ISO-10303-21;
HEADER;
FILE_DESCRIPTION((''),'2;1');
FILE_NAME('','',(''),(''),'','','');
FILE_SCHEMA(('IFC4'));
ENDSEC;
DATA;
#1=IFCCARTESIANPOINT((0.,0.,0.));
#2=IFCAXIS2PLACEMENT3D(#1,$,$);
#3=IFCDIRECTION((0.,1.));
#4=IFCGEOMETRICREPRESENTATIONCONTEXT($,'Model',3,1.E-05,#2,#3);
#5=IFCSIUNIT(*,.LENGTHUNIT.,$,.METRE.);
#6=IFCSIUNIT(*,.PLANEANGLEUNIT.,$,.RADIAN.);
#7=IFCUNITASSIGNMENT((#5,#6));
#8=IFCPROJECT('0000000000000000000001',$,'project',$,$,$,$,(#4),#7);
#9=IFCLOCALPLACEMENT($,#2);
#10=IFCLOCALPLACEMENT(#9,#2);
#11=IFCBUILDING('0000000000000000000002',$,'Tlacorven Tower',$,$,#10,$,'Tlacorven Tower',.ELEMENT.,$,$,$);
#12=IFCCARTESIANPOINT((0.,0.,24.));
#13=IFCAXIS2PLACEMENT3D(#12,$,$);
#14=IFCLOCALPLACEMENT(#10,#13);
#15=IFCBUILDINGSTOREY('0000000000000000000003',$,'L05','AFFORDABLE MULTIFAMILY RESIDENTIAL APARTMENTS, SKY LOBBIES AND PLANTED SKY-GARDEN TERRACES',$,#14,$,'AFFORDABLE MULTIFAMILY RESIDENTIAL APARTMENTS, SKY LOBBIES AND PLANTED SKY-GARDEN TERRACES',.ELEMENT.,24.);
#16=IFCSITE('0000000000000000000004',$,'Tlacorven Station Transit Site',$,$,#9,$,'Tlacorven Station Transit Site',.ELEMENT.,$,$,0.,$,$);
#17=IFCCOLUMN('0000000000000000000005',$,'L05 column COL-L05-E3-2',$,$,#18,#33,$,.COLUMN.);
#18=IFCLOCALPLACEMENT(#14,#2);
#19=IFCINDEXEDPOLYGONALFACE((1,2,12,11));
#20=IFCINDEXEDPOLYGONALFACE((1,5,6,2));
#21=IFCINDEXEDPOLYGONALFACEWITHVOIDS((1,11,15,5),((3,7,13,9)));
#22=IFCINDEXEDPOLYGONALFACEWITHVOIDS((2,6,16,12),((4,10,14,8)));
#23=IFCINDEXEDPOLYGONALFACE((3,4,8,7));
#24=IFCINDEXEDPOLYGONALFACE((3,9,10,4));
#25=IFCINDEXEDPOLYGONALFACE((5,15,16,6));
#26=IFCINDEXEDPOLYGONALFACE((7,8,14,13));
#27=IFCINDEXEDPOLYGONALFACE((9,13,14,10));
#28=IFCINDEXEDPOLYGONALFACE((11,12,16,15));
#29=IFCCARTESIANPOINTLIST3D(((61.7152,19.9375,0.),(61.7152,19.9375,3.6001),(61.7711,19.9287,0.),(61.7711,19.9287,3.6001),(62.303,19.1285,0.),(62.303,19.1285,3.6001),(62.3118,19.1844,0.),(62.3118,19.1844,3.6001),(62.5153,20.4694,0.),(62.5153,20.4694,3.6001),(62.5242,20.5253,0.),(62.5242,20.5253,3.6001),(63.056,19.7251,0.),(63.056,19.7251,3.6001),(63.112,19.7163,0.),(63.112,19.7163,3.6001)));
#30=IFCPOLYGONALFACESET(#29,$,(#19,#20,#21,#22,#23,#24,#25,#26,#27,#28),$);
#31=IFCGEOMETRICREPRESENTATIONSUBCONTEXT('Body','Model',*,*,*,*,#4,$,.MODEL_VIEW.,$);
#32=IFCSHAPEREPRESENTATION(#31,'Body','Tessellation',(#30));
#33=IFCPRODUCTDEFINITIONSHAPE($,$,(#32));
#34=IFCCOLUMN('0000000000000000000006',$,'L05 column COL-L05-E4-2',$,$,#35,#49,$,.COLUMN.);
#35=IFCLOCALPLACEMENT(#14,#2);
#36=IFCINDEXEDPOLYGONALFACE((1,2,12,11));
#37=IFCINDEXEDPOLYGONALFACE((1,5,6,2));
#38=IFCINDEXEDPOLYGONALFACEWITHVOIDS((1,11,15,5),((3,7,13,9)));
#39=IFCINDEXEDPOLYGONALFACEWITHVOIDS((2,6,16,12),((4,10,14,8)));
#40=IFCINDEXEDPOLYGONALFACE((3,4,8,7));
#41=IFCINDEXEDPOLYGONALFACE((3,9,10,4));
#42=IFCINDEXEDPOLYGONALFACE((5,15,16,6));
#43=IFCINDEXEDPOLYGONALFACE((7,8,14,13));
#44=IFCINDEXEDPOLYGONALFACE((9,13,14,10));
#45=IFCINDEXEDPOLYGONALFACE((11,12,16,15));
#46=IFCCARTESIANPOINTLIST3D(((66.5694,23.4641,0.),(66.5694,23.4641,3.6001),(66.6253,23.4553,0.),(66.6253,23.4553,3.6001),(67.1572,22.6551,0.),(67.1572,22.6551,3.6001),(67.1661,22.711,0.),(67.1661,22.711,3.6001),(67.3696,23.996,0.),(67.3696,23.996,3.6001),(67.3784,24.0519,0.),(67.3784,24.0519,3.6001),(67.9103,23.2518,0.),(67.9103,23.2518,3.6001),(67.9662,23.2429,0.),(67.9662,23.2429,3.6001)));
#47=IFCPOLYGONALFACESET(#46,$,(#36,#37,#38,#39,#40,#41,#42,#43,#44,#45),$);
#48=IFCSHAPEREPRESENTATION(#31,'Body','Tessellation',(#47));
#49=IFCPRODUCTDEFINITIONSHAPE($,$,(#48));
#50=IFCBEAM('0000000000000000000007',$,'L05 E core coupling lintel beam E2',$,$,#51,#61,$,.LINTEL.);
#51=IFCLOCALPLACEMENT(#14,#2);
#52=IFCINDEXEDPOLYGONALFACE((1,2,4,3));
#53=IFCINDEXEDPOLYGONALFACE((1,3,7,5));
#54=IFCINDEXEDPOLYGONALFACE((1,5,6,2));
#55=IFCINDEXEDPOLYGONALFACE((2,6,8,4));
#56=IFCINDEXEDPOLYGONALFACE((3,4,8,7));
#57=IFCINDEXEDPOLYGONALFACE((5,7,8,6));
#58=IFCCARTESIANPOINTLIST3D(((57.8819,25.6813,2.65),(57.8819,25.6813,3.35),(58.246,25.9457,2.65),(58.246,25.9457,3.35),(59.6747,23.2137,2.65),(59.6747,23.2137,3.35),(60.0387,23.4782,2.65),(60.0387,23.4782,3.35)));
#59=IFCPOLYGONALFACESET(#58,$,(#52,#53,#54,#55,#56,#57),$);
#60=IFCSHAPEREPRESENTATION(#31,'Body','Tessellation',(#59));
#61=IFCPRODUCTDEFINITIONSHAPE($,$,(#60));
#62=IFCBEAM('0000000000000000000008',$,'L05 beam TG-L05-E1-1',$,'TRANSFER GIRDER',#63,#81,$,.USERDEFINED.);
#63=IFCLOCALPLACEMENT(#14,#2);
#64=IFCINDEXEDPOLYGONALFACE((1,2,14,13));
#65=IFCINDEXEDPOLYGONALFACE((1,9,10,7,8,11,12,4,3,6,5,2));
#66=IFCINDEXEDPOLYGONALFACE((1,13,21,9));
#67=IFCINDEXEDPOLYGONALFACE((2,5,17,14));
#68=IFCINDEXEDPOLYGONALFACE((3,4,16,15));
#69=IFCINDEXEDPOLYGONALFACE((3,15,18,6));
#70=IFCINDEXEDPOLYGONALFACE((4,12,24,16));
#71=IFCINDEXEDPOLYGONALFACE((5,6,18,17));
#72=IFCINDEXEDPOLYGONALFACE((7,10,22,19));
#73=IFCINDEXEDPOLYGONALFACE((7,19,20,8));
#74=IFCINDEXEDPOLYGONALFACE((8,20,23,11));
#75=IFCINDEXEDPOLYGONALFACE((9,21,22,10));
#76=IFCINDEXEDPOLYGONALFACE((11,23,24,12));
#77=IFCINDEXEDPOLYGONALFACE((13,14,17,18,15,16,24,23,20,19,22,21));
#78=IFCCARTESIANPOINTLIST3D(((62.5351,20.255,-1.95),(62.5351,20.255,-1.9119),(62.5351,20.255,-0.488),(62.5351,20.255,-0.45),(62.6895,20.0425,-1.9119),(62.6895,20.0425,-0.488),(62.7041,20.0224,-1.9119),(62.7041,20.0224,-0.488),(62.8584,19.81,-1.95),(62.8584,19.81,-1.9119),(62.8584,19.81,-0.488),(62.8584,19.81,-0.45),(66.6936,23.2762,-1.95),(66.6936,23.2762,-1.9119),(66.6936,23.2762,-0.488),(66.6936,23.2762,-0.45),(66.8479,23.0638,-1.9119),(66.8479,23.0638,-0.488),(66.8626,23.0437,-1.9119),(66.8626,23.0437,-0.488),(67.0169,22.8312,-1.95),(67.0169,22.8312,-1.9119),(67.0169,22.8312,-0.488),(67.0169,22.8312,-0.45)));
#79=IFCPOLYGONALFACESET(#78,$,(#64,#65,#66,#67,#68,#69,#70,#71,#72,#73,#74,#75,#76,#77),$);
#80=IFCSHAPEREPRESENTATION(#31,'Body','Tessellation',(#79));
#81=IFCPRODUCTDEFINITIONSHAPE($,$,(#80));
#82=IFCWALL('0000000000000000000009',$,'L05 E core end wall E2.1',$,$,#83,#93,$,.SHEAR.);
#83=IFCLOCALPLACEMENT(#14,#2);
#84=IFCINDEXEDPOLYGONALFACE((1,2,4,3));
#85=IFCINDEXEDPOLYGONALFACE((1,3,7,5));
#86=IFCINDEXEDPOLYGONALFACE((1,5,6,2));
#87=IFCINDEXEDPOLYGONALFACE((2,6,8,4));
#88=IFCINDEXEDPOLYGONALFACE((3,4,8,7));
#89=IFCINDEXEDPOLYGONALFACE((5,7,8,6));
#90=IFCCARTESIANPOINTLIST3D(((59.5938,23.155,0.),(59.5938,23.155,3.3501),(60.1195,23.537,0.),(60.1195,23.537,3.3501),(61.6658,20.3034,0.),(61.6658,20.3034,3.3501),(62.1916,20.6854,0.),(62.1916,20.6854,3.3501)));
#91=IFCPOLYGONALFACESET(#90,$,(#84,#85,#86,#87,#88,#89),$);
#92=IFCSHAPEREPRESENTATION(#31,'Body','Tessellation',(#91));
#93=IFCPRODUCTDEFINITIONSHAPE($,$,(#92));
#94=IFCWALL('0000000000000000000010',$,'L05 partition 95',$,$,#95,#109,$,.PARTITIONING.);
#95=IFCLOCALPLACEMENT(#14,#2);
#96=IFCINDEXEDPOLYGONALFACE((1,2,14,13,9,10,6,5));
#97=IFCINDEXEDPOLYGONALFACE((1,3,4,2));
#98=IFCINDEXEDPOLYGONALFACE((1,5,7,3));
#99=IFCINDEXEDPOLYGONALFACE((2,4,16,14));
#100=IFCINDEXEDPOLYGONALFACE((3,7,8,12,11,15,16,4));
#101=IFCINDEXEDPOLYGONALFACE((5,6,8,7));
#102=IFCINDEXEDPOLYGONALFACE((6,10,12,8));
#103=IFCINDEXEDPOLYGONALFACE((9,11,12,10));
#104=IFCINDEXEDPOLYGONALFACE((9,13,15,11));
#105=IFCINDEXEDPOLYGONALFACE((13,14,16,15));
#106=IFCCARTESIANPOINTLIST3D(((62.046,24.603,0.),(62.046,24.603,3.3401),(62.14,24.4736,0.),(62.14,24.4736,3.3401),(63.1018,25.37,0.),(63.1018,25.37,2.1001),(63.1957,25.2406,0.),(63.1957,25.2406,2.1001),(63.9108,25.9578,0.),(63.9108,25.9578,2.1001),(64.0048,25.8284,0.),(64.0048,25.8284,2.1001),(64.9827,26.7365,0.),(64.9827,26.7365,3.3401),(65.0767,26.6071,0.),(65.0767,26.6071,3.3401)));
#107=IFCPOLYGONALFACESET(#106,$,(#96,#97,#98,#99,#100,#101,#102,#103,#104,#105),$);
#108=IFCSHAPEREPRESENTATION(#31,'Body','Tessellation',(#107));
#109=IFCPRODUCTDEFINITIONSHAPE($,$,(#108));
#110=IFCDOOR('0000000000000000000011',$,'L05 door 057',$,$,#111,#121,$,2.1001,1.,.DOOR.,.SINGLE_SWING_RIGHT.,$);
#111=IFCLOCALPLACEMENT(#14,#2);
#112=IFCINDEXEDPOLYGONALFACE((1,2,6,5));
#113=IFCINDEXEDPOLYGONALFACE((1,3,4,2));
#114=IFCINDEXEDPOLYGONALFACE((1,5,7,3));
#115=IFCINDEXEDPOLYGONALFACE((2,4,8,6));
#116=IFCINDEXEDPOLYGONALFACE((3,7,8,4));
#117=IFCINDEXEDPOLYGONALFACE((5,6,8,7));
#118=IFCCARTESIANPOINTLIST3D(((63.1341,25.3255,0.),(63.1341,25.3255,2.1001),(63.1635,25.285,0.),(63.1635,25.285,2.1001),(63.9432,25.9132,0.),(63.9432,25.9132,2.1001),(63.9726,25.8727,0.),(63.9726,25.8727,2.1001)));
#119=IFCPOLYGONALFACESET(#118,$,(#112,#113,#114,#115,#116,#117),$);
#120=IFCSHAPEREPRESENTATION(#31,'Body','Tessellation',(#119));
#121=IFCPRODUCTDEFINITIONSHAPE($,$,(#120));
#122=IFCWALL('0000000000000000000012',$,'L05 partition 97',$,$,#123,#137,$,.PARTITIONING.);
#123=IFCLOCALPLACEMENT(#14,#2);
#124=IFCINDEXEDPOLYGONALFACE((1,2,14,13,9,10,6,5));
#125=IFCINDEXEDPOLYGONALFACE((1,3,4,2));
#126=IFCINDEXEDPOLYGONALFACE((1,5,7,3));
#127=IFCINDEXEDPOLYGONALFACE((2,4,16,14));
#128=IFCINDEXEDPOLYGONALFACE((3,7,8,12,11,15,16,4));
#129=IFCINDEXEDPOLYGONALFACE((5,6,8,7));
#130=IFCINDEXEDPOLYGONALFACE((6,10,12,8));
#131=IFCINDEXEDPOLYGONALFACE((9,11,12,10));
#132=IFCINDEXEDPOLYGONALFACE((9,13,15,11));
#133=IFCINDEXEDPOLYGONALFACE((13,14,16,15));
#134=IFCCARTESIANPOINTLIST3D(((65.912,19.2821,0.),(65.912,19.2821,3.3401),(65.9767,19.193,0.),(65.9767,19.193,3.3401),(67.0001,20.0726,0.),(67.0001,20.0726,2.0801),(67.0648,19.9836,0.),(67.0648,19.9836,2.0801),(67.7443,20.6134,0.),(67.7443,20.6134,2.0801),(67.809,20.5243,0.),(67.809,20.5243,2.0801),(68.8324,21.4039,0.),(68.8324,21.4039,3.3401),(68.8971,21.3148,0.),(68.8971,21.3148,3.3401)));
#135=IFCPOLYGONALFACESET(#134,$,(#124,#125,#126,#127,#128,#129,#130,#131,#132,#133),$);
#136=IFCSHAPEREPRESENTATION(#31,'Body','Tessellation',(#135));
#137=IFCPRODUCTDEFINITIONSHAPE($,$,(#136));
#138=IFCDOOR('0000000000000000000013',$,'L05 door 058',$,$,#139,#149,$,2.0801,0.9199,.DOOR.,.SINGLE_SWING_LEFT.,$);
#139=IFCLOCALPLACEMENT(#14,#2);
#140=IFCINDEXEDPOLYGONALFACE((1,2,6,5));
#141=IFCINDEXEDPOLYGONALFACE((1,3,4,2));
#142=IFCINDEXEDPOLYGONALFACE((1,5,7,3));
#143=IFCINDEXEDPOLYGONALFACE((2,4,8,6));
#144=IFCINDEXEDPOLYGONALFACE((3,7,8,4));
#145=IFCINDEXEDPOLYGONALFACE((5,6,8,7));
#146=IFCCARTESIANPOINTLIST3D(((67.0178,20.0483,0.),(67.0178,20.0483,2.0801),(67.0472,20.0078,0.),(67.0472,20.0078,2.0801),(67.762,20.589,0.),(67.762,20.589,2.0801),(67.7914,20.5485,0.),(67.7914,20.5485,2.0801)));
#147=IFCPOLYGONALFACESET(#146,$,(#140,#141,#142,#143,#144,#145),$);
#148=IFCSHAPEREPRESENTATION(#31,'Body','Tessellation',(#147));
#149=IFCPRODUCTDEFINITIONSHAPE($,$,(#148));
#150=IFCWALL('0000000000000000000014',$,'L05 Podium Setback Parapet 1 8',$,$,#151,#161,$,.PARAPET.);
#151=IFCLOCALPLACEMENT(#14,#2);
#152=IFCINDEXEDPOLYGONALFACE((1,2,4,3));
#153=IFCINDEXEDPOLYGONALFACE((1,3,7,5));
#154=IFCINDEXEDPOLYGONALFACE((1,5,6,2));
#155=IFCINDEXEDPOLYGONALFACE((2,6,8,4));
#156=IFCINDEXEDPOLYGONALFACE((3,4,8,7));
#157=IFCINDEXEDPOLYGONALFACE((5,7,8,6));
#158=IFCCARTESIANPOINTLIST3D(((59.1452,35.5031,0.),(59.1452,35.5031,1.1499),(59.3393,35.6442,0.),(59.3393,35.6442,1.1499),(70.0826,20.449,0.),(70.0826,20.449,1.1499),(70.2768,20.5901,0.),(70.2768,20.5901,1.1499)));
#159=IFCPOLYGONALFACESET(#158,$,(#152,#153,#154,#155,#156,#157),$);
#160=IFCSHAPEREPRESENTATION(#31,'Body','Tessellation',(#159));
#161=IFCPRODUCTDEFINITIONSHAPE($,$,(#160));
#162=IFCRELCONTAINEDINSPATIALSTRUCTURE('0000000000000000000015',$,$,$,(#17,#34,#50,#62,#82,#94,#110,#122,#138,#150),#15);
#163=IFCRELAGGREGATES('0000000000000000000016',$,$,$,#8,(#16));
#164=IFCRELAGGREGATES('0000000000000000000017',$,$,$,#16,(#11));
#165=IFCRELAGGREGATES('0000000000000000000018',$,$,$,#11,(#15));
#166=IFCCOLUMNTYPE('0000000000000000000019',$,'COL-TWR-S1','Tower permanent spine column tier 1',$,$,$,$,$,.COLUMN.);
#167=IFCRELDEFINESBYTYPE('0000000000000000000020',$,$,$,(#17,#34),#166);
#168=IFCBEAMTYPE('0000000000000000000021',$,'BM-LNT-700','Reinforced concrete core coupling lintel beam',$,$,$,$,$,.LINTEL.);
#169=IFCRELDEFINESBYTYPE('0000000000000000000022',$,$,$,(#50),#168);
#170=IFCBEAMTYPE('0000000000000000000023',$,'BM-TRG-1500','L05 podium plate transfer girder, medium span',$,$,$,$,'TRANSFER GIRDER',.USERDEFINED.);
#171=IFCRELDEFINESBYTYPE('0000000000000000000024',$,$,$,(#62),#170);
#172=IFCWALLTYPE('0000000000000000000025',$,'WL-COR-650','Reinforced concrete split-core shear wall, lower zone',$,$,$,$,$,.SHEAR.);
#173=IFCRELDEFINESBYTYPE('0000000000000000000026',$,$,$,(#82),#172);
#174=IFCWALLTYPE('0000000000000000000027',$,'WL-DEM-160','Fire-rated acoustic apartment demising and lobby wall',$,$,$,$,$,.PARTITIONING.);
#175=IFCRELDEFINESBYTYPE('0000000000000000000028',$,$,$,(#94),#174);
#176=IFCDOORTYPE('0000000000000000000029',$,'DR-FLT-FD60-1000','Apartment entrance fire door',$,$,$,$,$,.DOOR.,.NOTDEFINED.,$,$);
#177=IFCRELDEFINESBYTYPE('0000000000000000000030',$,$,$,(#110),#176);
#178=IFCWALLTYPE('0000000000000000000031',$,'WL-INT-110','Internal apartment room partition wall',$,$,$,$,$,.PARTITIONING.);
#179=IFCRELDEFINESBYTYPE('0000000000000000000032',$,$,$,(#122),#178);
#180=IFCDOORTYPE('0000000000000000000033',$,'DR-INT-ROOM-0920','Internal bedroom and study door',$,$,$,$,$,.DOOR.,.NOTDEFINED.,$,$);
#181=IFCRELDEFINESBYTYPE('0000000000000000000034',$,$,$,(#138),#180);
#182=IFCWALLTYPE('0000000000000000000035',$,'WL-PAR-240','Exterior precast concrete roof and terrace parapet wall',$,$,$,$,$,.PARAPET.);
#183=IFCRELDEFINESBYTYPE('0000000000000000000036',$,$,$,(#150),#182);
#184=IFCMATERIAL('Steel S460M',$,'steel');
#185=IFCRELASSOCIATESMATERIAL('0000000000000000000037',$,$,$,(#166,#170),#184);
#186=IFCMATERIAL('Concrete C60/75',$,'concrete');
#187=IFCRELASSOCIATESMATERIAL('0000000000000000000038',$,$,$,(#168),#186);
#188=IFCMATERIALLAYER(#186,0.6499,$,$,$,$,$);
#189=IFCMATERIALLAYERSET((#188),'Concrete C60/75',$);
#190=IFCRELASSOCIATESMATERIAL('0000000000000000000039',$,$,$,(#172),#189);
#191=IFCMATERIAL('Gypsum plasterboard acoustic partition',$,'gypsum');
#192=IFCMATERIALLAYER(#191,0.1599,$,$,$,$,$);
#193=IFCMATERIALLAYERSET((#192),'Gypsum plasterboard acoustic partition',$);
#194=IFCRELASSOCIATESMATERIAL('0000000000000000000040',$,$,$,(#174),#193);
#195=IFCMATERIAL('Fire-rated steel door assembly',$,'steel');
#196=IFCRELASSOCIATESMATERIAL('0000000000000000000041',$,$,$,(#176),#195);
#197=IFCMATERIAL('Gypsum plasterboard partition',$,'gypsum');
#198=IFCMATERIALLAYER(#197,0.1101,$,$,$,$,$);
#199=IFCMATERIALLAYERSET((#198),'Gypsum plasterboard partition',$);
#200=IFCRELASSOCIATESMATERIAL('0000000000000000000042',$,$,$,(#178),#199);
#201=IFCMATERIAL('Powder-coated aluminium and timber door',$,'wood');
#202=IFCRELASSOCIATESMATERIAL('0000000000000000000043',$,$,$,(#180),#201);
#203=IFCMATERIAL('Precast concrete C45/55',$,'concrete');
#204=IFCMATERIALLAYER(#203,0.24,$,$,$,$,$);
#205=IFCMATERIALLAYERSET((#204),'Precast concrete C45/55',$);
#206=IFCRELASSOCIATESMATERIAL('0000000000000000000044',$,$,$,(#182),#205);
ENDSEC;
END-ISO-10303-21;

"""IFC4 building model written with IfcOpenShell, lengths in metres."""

from ifc_helpers import new_model, si_unit, direction, frame, frame_2d, origin, origin_2d, place, context, subcontext, project, spatial, rectangle, hollow_rectangle, i_section, extrude, source, transform, mapped, material, layer, layer_set, material_profile, profile_set, type_object, element, fill, save


model = new_model("IFC4")

# Units and contexts
model_context = context("Model", 3, precision=1e-05, world=origin(), true_north=direction((0.0, 1.0)))
body_context = subcontext(model_context, "Body", "Model", "MODEL_VIEW")
ifc_project = project(units=[si_unit("LENGTHUNIT", "METRE"), si_unit("PLANEANGLEUNIT", "RADIAN")], contexts=[model_context])

# Site, building, storey
site_placement = place(None, origin())
site = spatial("IfcSite", under=ifc_project, at=site_placement, Name="Tlacorven Station Transit Site", LongName="Tlacorven Station Transit Site", CompositionType="ELEMENT", RefElevation=0.0)
building_placement = place(site_placement, origin())
building = spatial("IfcBuilding", under=site, at=building_placement, Name="Tlacorven Tower", LongName="Tlacorven Tower", CompositionType="ELEMENT")
storey_placement = place(building_placement, frame((0.0, 0.0, 24.0)))
storey = spatial("IfcBuildingStorey", under=building, at=storey_placement, Name="L05", Description="AFFORDABLE MULTIFAMILY RESIDENTIAL APARTMENTS, SKY LOBBIES AND PLANTED SKY-GARDEN TERRACES", LongName="AFFORDABLE MULTIFAMILY RESIDENTIAL APARTMENTS, SKY LOBBIES AND PLANTED SKY-GARDEN TERRACES", CompositionType="ELEMENT", Elevation=24.0)

# Columns
ifc_material_1 = material(Name="Steel S460M", Category="steel")
ifc_material_profile_1 = material_profile(ifc_material_1, hollow_rectangle(XDim=1.0, YDim=1.0, WallThickness=0.04, at=origin_2d()), Name="BOX 1000X1000X40")
ifc_profile_set_1 = profile_set([ifc_material_profile_1], Name="Steel S460M")
column_type = type_object("IfcColumnType", Name="COL-TWR-S1", Description="Tower permanent spine column tier 1", PredefinedType="COLUMN", material=ifc_profile_set_1)
shared_shape_1 = source(origin(), body_context, "Body", "SweptSolid", [
    extrude(hollow_rectangle(XDim=1.0, YDim=1.0, WallThickness=0.04, at=origin_2d()), origin(), (0.0, 0.0, 1.0), 3.6001),
])
for number, where, z_axis, x_axis, name in (
    (1, (62.4136, 19.8269, 0.0), (0.0, 0.0, 1.0), (0.809017, 0.587785, 0.0), "L05 column COL-L05-E3-2"),
    (2, (67.2678, 23.3535, 0.0), (0.0, 0.0, 1.0), (0.809017, 0.587785, 0.0), "L05 column COL-L05-E4-2"),
):
    element("IfcColumn", number, at=place(storey_placement, frame(where, z_axis=z_axis, x_axis=x_axis)), inside=storey, type_object=column_type, Name=name, PredefinedType="COLUMN", context=body_context, shape_type="MappedRepresentation", body=[
        mapped(shared_shape_1, transform((0.0, 0.0, 0.0), scale=1.0)),
    ])

# Beams
ifc_material_2 = material(Name="Concrete C60/75", Category="concrete")
ifc_material_profile_2 = material_profile(ifc_material_2, rectangle(XDim=0.45, YDim=0.7, at=origin_2d()), Name="RC 450X700")
ifc_profile_set_2 = profile_set([ifc_material_profile_2], Name="Concrete C60/75")
beam_type_1 = type_object("IfcBeamType", Name="BM-LNT-700", Description="Reinforced concrete core coupling lintel beam", PredefinedType="LINTEL", material=ifc_profile_set_2)
shared_shape_2 = source(origin(), body_context, "Body", "SweptSolid", [
    extrude(rectangle(XDim=0.45, YDim=0.7, at=origin_2d()), origin(), (0.0, 0.0, 1.0), 3.05),
])
beam_1_placement = place(storey_placement, frame((59.8567, 23.3459, 3.0), z_axis=(-0.587777, 0.809023, 0.0), x_axis=(-0.809023, -0.587777, 0.0)))
element("IfcBeam", 3, at=beam_1_placement, inside=storey, type_object=beam_type_1, Name="L05 E core coupling lintel beam E2", PredefinedType="LINTEL", context=body_context, shape_type="MappedRepresentation", body=[
    mapped(shared_shape_2, transform((0.0, 0.0, 0.0), scale=1.0)),
])
ifc_material_profile_3 = material_profile(ifc_material_1, i_section(OverallWidth=0.55, OverallDepth=1.5, WebThickness=0.0249, FlangeThickness=0.0381, at=origin_2d()), Name="PG 1500X550X25X38")
ifc_profile_set_3 = profile_set([ifc_material_profile_3], Name="Steel S460M")
beam_type_2 = type_object("IfcBeamType", Name="BM-TRG-1500", Description="L05 podium plate transfer girder, medium span", ElementType="TRANSFER GIRDER", PredefinedType="USERDEFINED", material=ifc_profile_set_3)
shared_shape_3 = source(origin(), body_context, "Body", "SweptSolid", [
    extrude(i_section(OverallWidth=0.55, OverallDepth=1.5, WebThickness=0.0249, FlangeThickness=0.0381, at=origin_2d()), origin(), (0.0, 0.0, 1.0), 5.1401),
])
beam_2_placement = place(storey_placement, frame((62.6968, 20.0325, -1.2), z_axis=(0.809021, 0.587779, 0.0), x_axis=(-0.587779, 0.809021, 0.0)))
element("IfcBeam", 4, at=beam_2_placement, inside=storey, type_object=beam_type_2, Name="L05 beam TG-L05-E1-1", ObjectType="TRANSFER GIRDER", PredefinedType="USERDEFINED", context=body_context, shape_type="MappedRepresentation", body=[
    mapped(shared_shape_3, transform((0.0, 0.0, 0.0), scale=1.0)),
])

# Wall
ifc_layer_1 = layer(ifc_material_2, 0.6499)
ifc_layer_set_1 = layer_set([ifc_layer_1], Name="Concrete C60/75")
wall_type_1 = type_object("IfcWallType", Name="WL-COR-650", Description="Reinforced concrete split-core shear wall, lower zone", PredefinedType="SHEAR", material=ifc_layer_set_1)
wall_1_placement = place(storey_placement, frame((61.9287, 20.4944, 0.0), z_axis=(0.0, 0.0, 1.0), x_axis=(-0.58783, 0.808985, 0.0)))
element("IfcWall", 5, at=wall_1_placement, inside=storey, type_object=wall_type_1, Name="L05 E core end wall E2.1", PredefinedType="SHEAR", context=body_context, shape_type="SweptSolid", body=[
    extrude(rectangle(XDim=3.5249, YDim=0.6499, at=frame_2d((1.7625, 0.0))), origin(), (0.0, 0.0, 1.0), 3.3501),
])

# Walls, openings, doors
ifc_material_3 = material(Name="Gypsum plasterboard acoustic partition", Category="gypsum")
ifc_layer_2 = layer(ifc_material_3, 0.1599)
ifc_layer_set_2 = layer_set([ifc_layer_2], Name="Gypsum plasterboard acoustic partition")
wall_type_2 = type_object("IfcWallType", Name="WL-DEM-160", Description="Fire-rated acoustic apartment demising and lobby wall", PredefinedType="PARTITIONING", material=ifc_layer_set_2)
wall_2_placement = place(storey_placement, frame((62.093, 24.5383, 0.0), z_axis=(0.0, 0.0, 1.0), x_axis=(0.809036, 0.58776, 0.0)))
wall_2 = element("IfcWall", 6, at=wall_2_placement, inside=storey, type_object=wall_type_2, Name="L05 partition 95", PredefinedType="PARTITIONING", context=body_context, shape_type="SweptSolid", body=[
    extrude(rectangle(XDim=3.6299, YDim=0.1599, at=frame_2d((1.8149, 0.0))), origin(), (0.0, 0.0, 1.0), 3.3401),
])
opening_1_placement = place(wall_2_placement, frame((1.3049, 0.0, 0.0)))
opening_1 = element("IfcOpeningElement", 7, at=opening_1_placement, cuts=wall_2, PredefinedType="OPENING", context=body_context, shape_type="SweptSolid", body=[
    extrude(rectangle(XDim=1.0, YDim=2.1001, at=frame_2d((0.5, 1.05))), frame((0.0, 0.0898, 0.0), z_axis=(0.0, -1.0, 0.0), x_axis=(1.0, 0.0, 0.0)), (0.0, 0.0, 1.0), 0.1799),
])
ifc_material_4 = material(Name="Fire-rated steel door assembly", Category="steel")
door_type_1 = type_object("IfcDoorType", Name="DR-FLT-FD60-1000", Description="Apartment entrance fire door", OperationType="NOTDEFINED", PredefinedType="DOOR", material=ifc_material_4)
shared_shape_4 = source(origin(), body_context, "Body", "SweptSolid", [
    extrude(rectangle(XDim=1.0, YDim=2.1001, at=frame_2d((0.5, 1.05))), frame((0.0, 0.0249, 0.0), z_axis=(0.0, -1.0, 0.0), x_axis=(1.0, 0.0, 0.0)), (0.0, 0.0, 1.0), 0.05),
])
door_1_placement = place(opening_1_placement, origin())
door_1 = element("IfcDoor", 8, at=door_1_placement, inside=storey, type_object=door_type_1, Name="L05 door 057", OperationType="SINGLE_SWING_RIGHT", OverallHeight=2.1001, OverallWidth=1.0, PredefinedType="DOOR", context=body_context, shape_type="MappedRepresentation", body=[
    mapped(shared_shape_4, transform((0.0, 0.0, 0.0), scale=1.0)),
])
fill(opening_1, door_1)
ifc_material_5 = material(Name="Gypsum plasterboard partition", Category="gypsum")
ifc_layer_3 = layer(ifc_material_5, 0.1101)
ifc_layer_set_3 = layer_set([ifc_layer_3], Name="Gypsum plasterboard partition")
wall_type_3 = type_object("IfcWallType", Name="WL-INT-110", Description="Internal apartment room partition wall", PredefinedType="PARTITIONING", material=ifc_layer_set_3)
wall_3_placement = place(storey_placement, frame((65.9443, 19.2375, 0.0), z_axis=(0.0, 0.0, 1.0), x_axis=(0.809014, 0.58779, 0.0)))
wall_3 = element("IfcWall", 9, at=wall_3_placement, inside=storey, type_object=wall_type_3, Name="L05 partition 97", PredefinedType="PARTITIONING", context=body_context, shape_type="SweptSolid", body=[
    extrude(rectangle(XDim=3.6099, YDim=0.1101, at=frame_2d((1.8049, 0.0))), origin(), (0.0, 0.0, 1.0), 3.3401),
])
opening_2_placement = place(wall_3_placement, frame((1.345, 0.0, 0.0)))
opening_2 = element("IfcOpeningElement", 10, at=opening_2_placement, cuts=wall_3, PredefinedType="OPENING", context=body_context, shape_type="SweptSolid", body=[
    extrude(rectangle(XDim=0.9199, YDim=2.0801, at=frame_2d((0.46, 1.04))), frame((0.0, 0.0649, 0.0), z_axis=(0.0, -1.0, 0.0), x_axis=(1.0, 0.0, 0.0)), (0.0, 0.0, 1.0), 0.1301),
])
ifc_material_6 = material(Name="Powder-coated aluminium and timber door", Category="wood")
door_type_2 = type_object("IfcDoorType", Name="DR-INT-ROOM-0920", Description="Internal bedroom and study door", OperationType="NOTDEFINED", PredefinedType="DOOR", material=ifc_material_6)
shared_shape_5 = source(origin(), body_context, "Body", "SweptSolid", [
    extrude(rectangle(XDim=0.9199, YDim=2.0801, at=frame_2d((0.46, 1.04))), frame((0.0, 0.0249, 0.0), z_axis=(0.0, -1.0, 0.0), x_axis=(1.0, 0.0, 0.0)), (0.0, 0.0, 1.0), 0.05),
])
door_2_placement = place(opening_2_placement, origin())
door_2 = element("IfcDoor", 11, at=door_2_placement, inside=storey, type_object=door_type_2, Name="L05 door 058", OperationType="SINGLE_SWING_LEFT", OverallHeight=2.0801, OverallWidth=0.9199, PredefinedType="DOOR", context=body_context, shape_type="MappedRepresentation", body=[
    mapped(shared_shape_5, transform((0.0, 0.0, 0.0), scale=1.0)),
])
fill(opening_2, door_2)

# Wall
ifc_material_7 = material(Name="Precast concrete C45/55", Category="concrete")
ifc_layer_4 = layer(ifc_material_7, 0.24)
ifc_layer_set_4 = layer_set([ifc_layer_4], Name="Precast concrete C45/55")
wall_type_4 = type_object("IfcWallType", Name="WL-PAR-240", Description="Exterior precast concrete roof and terrace parapet wall", PredefinedType="PARAPET", material=ifc_layer_set_4)
wall_4_placement = place(storey_placement, frame((70.1797, 20.5195, 0.0), z_axis=(0.0, 0.0, 1.0), x_axis=(-0.587785, 0.809017, 0.0)))
element("IfcWall", 12, at=wall_4_placement, inside=storey, type_object=wall_type_4, Name="L05 Podium Setback Parapet 1 8", PredefinedType="PARAPET", context=body_context, shape_type="SweptSolid", body=[
    extrude(rectangle(XDim=18.6079, YDim=0.24, at=frame_2d((9.304, 0.0))), origin(), (0.0, 0.0, 1.0), 1.1499),
])

save(model, "model.ifc")
